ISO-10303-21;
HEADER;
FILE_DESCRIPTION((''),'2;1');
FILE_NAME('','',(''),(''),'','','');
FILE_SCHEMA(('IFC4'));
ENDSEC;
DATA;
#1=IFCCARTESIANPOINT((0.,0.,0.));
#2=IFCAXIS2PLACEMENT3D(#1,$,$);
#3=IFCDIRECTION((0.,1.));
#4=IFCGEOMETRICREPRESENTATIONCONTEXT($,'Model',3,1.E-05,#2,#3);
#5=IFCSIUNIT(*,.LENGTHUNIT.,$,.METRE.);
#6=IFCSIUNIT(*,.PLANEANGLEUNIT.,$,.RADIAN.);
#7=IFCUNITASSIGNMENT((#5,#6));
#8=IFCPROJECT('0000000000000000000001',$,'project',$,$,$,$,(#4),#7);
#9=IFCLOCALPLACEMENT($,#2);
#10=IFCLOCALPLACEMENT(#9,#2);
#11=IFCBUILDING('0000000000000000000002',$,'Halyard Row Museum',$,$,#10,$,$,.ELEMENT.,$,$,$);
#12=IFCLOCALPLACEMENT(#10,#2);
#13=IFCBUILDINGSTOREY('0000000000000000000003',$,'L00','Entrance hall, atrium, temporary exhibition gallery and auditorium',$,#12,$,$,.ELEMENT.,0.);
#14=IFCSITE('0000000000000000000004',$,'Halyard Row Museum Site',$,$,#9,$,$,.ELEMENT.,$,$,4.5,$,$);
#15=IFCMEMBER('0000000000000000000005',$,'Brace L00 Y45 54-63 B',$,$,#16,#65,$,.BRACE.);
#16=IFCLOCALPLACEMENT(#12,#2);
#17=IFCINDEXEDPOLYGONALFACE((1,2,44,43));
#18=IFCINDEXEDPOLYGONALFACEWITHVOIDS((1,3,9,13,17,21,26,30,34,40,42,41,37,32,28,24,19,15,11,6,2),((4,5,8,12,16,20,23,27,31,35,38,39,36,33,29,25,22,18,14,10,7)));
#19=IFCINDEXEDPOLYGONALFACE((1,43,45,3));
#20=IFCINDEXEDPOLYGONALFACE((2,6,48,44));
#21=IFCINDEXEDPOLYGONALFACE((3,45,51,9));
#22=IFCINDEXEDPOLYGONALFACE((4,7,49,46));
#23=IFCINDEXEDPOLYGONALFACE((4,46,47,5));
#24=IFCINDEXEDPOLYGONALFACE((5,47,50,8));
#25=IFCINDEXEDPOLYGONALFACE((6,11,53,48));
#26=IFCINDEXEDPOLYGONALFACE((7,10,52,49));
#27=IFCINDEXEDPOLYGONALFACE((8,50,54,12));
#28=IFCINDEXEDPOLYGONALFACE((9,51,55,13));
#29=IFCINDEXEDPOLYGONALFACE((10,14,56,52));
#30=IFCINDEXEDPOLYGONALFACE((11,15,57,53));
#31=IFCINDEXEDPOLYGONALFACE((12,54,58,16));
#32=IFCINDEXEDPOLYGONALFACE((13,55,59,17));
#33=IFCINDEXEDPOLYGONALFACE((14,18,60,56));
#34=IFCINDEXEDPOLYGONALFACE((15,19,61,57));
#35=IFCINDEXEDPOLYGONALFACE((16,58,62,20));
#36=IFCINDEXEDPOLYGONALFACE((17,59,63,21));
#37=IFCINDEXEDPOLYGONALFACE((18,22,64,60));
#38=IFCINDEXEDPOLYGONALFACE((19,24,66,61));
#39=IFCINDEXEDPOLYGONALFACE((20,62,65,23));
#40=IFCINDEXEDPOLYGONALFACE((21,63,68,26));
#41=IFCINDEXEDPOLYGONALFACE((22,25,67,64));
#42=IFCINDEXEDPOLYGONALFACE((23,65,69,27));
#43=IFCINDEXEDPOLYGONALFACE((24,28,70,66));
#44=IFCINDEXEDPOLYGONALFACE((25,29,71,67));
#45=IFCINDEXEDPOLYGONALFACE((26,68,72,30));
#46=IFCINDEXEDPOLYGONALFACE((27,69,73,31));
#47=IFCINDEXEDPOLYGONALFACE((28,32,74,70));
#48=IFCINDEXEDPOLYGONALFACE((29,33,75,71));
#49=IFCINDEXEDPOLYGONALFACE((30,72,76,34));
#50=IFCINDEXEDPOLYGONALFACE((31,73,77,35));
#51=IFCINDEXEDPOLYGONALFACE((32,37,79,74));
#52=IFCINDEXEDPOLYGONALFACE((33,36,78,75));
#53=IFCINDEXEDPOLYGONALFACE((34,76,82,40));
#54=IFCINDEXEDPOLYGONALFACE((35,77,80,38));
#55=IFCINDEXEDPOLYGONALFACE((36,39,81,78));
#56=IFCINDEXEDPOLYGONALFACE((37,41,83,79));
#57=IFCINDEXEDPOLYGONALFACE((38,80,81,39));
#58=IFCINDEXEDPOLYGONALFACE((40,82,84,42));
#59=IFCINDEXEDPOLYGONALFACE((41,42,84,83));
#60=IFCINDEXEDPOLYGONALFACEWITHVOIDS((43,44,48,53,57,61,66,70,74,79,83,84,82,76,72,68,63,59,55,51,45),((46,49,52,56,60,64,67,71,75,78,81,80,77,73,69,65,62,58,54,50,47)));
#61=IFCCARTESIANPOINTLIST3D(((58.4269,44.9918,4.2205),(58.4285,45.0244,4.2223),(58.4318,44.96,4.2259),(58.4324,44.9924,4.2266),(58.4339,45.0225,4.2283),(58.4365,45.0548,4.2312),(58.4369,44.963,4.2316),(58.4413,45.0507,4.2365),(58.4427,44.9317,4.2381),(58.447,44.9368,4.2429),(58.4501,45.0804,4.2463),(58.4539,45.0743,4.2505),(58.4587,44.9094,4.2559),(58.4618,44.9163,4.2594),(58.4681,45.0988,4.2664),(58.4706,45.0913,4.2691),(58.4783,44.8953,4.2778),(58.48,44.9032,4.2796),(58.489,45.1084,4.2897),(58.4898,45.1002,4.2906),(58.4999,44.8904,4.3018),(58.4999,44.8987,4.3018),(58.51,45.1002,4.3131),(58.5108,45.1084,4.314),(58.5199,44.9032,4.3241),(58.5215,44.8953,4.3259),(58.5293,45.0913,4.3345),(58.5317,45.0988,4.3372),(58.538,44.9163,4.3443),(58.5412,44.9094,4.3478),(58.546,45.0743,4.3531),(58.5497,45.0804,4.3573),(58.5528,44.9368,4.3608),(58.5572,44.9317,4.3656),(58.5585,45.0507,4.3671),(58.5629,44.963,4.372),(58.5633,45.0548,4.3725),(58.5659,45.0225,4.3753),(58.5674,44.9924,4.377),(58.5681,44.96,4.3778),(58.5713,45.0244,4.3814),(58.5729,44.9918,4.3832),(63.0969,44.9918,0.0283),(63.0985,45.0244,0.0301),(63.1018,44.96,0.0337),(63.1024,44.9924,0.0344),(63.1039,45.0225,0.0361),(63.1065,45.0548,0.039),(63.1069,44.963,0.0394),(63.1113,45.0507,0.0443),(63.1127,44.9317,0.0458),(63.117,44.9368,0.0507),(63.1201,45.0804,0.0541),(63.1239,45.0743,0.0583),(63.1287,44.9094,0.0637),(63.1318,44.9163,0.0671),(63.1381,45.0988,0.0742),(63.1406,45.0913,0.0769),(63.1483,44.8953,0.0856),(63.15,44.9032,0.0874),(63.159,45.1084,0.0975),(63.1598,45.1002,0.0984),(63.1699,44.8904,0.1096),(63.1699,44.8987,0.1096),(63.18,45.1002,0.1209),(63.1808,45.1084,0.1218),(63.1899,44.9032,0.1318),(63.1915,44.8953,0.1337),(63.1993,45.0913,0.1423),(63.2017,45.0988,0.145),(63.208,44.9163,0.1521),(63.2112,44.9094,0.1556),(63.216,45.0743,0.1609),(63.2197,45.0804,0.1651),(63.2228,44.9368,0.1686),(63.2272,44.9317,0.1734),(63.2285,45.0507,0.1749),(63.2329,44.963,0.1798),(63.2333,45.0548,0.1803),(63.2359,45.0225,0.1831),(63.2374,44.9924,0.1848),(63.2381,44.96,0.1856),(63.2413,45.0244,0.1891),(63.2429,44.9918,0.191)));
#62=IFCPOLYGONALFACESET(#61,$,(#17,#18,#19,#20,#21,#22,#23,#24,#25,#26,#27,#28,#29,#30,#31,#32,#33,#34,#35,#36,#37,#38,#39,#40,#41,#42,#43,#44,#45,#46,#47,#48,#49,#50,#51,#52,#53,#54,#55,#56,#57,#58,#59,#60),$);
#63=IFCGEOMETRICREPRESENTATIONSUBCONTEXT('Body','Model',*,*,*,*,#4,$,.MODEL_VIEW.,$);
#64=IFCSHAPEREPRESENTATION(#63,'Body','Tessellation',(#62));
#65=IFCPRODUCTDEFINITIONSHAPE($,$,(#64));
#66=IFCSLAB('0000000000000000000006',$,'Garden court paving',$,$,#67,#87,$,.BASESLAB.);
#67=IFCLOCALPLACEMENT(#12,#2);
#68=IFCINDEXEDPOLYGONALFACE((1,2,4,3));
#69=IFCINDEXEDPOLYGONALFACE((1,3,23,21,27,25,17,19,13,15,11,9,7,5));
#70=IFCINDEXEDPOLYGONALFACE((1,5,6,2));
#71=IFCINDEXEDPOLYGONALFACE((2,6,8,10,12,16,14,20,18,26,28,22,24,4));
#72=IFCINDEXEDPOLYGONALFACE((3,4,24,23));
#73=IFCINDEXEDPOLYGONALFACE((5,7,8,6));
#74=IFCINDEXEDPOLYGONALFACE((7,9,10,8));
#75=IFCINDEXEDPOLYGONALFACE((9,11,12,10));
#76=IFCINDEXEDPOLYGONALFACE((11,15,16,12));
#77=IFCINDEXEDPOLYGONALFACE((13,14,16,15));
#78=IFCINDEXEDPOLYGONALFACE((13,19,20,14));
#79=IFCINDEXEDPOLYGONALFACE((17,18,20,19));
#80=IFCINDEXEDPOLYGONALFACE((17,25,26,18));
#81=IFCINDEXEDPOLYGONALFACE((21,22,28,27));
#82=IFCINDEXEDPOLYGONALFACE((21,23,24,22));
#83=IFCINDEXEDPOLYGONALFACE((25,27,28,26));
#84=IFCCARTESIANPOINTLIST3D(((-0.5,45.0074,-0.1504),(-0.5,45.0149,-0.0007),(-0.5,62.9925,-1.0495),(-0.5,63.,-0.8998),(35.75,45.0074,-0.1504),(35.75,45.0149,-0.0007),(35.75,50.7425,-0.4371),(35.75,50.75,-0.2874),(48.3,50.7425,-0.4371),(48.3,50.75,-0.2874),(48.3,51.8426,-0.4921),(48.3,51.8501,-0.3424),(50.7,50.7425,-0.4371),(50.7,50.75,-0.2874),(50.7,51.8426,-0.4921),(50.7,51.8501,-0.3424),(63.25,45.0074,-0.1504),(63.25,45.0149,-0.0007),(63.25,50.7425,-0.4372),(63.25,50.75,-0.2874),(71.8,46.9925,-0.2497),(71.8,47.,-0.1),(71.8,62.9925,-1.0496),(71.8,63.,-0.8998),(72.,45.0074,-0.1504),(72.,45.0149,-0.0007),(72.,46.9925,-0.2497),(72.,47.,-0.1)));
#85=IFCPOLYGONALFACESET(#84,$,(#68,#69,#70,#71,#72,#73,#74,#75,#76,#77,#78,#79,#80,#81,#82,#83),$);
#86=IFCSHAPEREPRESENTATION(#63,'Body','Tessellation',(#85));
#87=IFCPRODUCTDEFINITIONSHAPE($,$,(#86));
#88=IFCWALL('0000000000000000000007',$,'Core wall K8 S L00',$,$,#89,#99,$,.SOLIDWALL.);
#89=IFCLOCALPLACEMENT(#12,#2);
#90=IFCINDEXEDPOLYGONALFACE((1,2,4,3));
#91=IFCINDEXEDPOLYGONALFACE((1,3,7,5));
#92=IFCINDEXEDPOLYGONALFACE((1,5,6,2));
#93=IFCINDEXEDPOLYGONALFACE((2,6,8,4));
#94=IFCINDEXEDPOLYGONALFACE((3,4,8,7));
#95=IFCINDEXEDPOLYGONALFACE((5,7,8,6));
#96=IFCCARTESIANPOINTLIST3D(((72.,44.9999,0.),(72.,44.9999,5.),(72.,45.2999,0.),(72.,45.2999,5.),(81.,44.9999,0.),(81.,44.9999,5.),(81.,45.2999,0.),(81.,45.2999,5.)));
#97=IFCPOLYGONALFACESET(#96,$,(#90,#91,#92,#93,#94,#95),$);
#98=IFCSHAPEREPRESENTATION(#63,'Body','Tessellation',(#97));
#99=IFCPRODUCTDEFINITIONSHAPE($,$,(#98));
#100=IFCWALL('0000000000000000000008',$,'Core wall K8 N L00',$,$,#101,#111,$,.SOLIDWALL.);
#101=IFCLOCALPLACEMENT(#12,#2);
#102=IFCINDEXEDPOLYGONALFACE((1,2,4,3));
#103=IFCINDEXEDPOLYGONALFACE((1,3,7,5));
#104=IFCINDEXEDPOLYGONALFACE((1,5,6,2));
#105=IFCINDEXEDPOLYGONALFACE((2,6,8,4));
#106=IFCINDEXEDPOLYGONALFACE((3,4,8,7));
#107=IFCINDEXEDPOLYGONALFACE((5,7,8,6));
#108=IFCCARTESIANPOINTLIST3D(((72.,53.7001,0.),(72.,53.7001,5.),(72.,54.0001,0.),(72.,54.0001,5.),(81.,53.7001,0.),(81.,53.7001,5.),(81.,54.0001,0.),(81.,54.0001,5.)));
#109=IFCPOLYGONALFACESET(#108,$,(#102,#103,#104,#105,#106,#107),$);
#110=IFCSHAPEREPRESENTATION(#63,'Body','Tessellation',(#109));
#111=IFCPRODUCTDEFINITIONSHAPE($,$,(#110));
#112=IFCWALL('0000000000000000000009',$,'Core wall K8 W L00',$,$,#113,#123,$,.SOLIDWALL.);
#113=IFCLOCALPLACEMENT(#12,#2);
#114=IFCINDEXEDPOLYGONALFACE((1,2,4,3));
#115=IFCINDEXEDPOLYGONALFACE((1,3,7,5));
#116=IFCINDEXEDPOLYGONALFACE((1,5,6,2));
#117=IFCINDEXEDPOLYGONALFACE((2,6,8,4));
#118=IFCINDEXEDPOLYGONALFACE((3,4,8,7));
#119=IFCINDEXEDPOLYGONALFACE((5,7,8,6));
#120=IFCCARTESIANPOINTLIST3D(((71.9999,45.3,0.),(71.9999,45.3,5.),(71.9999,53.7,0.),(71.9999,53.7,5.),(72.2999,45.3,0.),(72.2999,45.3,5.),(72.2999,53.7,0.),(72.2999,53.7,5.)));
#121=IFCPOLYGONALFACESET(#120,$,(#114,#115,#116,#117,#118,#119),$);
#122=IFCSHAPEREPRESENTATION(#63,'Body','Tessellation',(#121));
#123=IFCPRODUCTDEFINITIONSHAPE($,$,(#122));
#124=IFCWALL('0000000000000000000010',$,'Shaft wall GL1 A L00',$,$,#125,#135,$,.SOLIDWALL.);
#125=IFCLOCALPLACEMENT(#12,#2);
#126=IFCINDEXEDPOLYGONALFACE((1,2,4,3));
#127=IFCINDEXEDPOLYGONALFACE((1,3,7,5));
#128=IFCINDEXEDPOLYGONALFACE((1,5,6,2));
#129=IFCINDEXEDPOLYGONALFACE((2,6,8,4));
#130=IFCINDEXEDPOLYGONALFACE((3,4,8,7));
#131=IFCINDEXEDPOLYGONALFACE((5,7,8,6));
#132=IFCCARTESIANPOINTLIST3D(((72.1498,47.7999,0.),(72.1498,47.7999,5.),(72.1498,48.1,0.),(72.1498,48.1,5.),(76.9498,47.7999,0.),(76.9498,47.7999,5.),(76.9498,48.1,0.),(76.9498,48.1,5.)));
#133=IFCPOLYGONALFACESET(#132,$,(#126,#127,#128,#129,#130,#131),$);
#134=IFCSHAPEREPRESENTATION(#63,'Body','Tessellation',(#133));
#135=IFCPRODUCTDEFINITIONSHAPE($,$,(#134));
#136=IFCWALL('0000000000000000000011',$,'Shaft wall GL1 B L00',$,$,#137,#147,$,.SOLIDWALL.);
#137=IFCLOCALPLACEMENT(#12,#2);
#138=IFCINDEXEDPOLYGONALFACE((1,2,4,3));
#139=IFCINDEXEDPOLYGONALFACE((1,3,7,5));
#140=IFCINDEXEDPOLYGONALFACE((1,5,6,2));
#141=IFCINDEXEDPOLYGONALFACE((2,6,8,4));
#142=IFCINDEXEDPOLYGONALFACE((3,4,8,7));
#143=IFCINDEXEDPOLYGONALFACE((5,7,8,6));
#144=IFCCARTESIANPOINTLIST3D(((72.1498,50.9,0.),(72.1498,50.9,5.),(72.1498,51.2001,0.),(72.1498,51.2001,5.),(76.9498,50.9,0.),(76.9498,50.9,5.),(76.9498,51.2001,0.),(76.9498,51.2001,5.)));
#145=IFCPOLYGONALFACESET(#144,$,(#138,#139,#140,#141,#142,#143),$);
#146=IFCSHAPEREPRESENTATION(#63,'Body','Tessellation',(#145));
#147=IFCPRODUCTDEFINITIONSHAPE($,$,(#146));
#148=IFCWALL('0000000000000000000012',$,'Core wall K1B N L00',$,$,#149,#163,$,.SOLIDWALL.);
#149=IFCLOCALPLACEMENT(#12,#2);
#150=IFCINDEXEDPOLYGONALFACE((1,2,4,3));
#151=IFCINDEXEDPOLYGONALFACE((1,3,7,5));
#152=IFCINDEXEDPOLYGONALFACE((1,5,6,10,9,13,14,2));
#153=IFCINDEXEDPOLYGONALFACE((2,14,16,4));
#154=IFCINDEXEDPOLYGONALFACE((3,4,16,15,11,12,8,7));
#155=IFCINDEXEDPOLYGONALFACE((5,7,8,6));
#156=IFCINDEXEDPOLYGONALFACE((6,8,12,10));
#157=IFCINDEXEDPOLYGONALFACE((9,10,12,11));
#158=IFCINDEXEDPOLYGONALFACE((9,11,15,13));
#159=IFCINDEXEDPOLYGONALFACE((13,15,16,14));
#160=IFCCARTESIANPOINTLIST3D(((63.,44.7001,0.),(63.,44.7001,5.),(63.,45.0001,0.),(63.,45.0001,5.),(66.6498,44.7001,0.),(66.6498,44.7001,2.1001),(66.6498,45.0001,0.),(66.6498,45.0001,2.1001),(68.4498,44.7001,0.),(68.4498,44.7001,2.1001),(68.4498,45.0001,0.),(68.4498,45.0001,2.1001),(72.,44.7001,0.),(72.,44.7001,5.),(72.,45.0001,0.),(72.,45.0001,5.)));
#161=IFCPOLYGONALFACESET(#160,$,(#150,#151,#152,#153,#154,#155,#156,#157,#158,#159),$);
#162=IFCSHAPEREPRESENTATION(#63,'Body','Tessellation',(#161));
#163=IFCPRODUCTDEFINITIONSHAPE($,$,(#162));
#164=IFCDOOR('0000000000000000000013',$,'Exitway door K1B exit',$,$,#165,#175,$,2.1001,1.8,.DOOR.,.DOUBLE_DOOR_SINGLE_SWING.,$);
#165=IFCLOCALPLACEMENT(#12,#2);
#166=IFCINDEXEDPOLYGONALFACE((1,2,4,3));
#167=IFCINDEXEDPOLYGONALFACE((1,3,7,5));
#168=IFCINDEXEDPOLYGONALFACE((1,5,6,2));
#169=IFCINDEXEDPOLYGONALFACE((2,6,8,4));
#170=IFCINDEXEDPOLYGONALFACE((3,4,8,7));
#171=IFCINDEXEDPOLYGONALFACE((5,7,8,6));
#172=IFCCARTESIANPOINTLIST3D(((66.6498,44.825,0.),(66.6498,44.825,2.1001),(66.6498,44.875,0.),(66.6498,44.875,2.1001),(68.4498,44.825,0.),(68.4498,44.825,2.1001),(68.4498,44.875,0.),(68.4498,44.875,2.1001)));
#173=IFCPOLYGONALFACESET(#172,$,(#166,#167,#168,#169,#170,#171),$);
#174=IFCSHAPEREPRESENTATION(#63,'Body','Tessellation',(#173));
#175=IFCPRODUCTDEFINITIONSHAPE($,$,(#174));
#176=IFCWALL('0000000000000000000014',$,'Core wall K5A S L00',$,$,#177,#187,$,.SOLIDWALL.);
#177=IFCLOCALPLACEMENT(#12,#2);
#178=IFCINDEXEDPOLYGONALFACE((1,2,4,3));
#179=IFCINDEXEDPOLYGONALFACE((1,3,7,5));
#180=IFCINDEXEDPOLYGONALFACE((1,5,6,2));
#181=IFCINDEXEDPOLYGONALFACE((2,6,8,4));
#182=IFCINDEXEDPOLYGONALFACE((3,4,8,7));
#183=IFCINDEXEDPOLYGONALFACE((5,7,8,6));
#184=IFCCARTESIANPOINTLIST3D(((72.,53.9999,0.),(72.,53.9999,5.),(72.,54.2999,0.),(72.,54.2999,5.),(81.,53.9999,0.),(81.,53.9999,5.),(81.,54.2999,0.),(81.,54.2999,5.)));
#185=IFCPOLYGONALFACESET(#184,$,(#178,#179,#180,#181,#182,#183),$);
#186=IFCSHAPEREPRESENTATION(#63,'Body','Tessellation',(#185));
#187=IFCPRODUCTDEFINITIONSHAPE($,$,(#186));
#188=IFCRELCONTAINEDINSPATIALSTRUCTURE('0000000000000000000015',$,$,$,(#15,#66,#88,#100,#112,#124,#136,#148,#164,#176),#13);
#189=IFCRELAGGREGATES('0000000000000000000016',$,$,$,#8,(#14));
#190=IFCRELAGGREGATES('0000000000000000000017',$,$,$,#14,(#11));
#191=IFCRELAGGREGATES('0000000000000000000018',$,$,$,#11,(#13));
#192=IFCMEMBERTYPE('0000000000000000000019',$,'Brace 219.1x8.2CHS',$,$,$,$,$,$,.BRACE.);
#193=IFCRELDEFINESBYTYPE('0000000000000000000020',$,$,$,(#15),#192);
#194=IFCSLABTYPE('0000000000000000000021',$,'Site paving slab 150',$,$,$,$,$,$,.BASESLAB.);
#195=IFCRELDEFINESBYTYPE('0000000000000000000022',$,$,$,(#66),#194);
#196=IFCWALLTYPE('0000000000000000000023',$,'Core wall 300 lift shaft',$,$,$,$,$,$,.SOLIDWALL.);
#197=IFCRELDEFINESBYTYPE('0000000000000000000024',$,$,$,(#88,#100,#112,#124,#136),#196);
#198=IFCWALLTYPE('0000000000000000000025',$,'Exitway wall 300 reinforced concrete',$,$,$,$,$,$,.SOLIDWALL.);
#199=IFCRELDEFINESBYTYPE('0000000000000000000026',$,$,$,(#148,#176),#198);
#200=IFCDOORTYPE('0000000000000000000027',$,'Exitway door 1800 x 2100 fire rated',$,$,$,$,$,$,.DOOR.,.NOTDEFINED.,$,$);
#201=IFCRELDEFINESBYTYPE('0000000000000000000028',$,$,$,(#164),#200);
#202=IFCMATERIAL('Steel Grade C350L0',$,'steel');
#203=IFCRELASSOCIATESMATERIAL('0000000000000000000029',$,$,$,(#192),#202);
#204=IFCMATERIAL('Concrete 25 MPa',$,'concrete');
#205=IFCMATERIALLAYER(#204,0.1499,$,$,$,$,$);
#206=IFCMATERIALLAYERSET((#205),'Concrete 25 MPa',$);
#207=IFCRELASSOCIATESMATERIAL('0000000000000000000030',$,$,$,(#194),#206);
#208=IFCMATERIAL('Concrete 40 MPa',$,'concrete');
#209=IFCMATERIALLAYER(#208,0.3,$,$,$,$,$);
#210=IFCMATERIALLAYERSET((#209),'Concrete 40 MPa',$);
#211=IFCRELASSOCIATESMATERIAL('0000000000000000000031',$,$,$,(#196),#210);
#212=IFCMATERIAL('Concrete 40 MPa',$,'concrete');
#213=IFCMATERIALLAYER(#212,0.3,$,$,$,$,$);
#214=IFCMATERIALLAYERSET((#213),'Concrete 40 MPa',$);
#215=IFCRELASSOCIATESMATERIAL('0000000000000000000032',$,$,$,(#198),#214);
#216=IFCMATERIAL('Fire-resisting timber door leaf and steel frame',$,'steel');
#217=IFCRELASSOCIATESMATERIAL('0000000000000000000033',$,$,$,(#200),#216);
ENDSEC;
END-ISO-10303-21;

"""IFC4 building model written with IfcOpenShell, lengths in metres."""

from ifc_helpers import new_model, si_unit, direction, frame, frame_2d, origin, origin_2d, place, context, subcontext, project, spatial, polyline, rectangle, hollow_circle, outline, extrude, material, layer, layer_set, material_profile, profile_set, type_object, element, fill, save


model = new_model("IFC4")

# Units and contexts
model_context = context("Model", 3, precision=1e-05, world=origin(), true_north=direction((0.0, 1.0)))
body_context = subcontext(model_context, "Body", "Model", "MODEL_VIEW")
ifc_project = project(units=[si_unit("LENGTHUNIT", "METRE"), si_unit("PLANEANGLEUNIT", "RADIAN")], contexts=[model_context])

# Site, building, storey
site_placement = place(None, origin())
site = spatial("IfcSite", under=ifc_project, at=site_placement, Name="Halyard Row Museum Site", CompositionType="ELEMENT", RefElevation=4.5)
building_placement = place(site_placement, origin())
building = spatial("IfcBuilding", under=site, at=building_placement, Name="Halyard Row Museum", CompositionType="ELEMENT")
storey_placement = place(building_placement, origin())
storey = spatial("IfcBuildingStorey", under=building, at=storey_placement, Name="L00", Description="Entrance hall, atrium, temporary exhibition gallery and auditorium", CompositionType="ELEMENT", Elevation=0.0)

# Member
ifc_material_1 = material(Name="Steel Grade C350L0", Category="steel")
ifc_material_profile = material_profile(ifc_material_1, hollow_circle(Radius=0.1096, WallThickness=0.0083, at=origin_2d()), Name="219.1x8.2CHS")
ifc_profile_set = profile_set([ifc_material_profile], Name="Steel Grade C350L0")
member_type = type_object("IfcMemberType", Name="Brace 219.1x8.2CHS", PredefinedType="BRACE", material=ifc_profile_set)
member_placement = place(storey_placement, frame((63.1699, 45.0, 0.1096), z_axis=(-0.744149, 0.0, 0.668014), x_axis=(0.0, -1.0, 0.0)))
element("IfcMember", 1, at=member_placement, inside=storey, type_object=member_type, Name="Brace L00 Y45 54-63 B", PredefinedType="BRACE", context=body_context, shape_type="SweptSolid", body=[
    extrude(hollow_circle(Radius=0.1096, WallThickness=0.0083, at=origin_2d()), origin(), (0.0, 0.0, 1.0), 6.2756),
])

# Slab
ifc_material_2 = material(Name="Concrete 25 MPa", Category="concrete")
ifc_layer_1 = layer(ifc_material_2, 0.1499)
ifc_layer_set_1 = layer_set([ifc_layer_1], Name="Concrete 25 MPa")
slab_type = type_object("IfcSlabType", Name="Site paving slab 150", PredefinedType="BASESLAB", material=ifc_layer_set_1)
slab_placement = place(storey_placement, frame((72.0, 45.0149, -0.0007), z_axis=(0.000001, 0.04993, 0.998753), x_axis=(-1.0, 0.0, 0.000001)))
element("IfcSlab", 2, at=slab_placement, inside=storey, type_object=slab_type, Name="Garden court paving", PredefinedType="BASESLAB", context=body_context, shape_type="SweptSolid", body=[
    extrude(outline(polyline([(0.0, 0.0), (8.75, 0.0), (8.75, -5.7423), (21.3, -5.7423), (21.3, -6.8437), (23.7, -6.8437), (23.7, -5.7423), (36.25, -5.7423), (36.25, 0.0), (72.5, 0.0), (72.5, -18.0076), (0.2, -18.0076), (0.2, -1.9876), (0.0, -1.9876), (0.0, 0.0)])), origin(), (0.0, 0.0, -1.0), 0.1499),
])

# Walls
ifc_material_3 = material(Name="Concrete 40 MPa", Category="concrete")
ifc_layer_2 = layer(ifc_material_3, 0.3)
ifc_layer_set_2 = layer_set([ifc_layer_2], Name="Concrete 40 MPa")
wall_type_1 = type_object("IfcWallType", Name="Core wall 300 lift shaft", PredefinedType="SOLIDWALL", material=ifc_layer_set_2)
for number, where, z_axis, x_axis, name in (
    (3, (72.0, 45.1499, 0.0), (0.0, 0.0, 1.0), (1.0, 0.0, 0.0), "Core wall K8 S L00"),
    (4, (72.0, 53.8501, 0.0), (0.0, 0.0, 1.0), (1.0, 0.0, 0.0), "Core wall K8 N L00"),
):
    element("IfcWall", number, at=place(storey_placement, frame(where, z_axis=z_axis, x_axis=x_axis)), inside=storey, type_object=wall_type_1, Name=name, PredefinedType="SOLIDWALL", context=body_context, shape_type="SweptSolid", body=[
        extrude(rectangle(XDim=9.0, YDim=0.3, at=frame_2d((4.5, 0.0))), origin(), (0.0, 0.0, 1.0), 5.0),
    ])
wall_1_placement = place(storey_placement, frame((72.1499, 45.3, 0.0), z_axis=(0.0, 0.0, 1.0), x_axis=(0.0, 1.0, 0.0)))
element("IfcWall", 5, at=wall_1_placement, inside=storey, type_object=wall_type_1, Name="Core wall K8 W L00", PredefinedType="SOLIDWALL", context=body_context, shape_type="SweptSolid", body=[
    extrude(rectangle(XDim=8.3999, YDim=0.3, at=frame_2d((4.2, 0.0))), origin(), (0.0, 0.0, 1.0), 5.0),
])
for number, where, z_axis, x_axis, name in (
    (6, (72.1499, 47.95, 0.0), (0.0, 0.0, 1.0), (1.0, 0.0, 0.0), "Shaft wall GL1 A L00"),
    (7, (72.1499, 51.05, 0.0), (0.0, 0.0, 1.0), (1.0, 0.0, 0.0), "Shaft wall GL1 B L00"),
):
    element("IfcWall", number, at=place(storey_placement, frame(where, z_axis=z_axis, x_axis=x_axis)), inside=storey, type_object=wall_type_1, Name=name, PredefinedType="SOLIDWALL", context=body_context, shape_type="SweptSolid", body=[
        extrude(rectangle(XDim=4.8, YDim=0.3, at=frame_2d((2.3999, 0.0))), origin(), (0.0, 0.0, 1.0), 5.0),
    ])

# Wall, opening, door
ifc_material_4 = material(Name="Concrete 40 MPa", Category="concrete")
ifc_layer_3 = layer(ifc_material_4, 0.3)
ifc_layer_set_3 = layer_set([ifc_layer_3], Name="Concrete 40 MPa")
wall_type_2 = type_object("IfcWallType", Name="Exitway wall 300 reinforced concrete", PredefinedType="SOLIDWALL", material=ifc_layer_set_3)
wall_2_placement = place(storey_placement, frame((63.0, 44.8501, 0.0), z_axis=(0.0, 0.0, 1.0), x_axis=(1.0, 0.0, 0.0)))
wall_2 = element("IfcWall", 8, at=wall_2_placement, inside=storey, type_object=wall_type_2, Name="Core wall K1B N L00", PredefinedType="SOLIDWALL", context=body_context, shape_type="SweptSolid", body=[
    extrude(rectangle(XDim=9.0, YDim=0.3, at=frame_2d((4.5, 0.0))), origin(), (0.0, 0.0, 1.0), 5.0),
])
opening_1_placement = place(wall_2_placement, frame((3.6499, 0.0, 0.0)))
opening_1 = element("IfcOpeningElement", 9, at=opening_1_placement, cuts=wall_2, PredefinedType="OPENING", context=body_context, shape_type="SweptSolid", body=[
    extrude(rectangle(XDim=1.8, YDim=2.1001, at=frame_2d((0.8999, 1.05))), frame((0.0, 0.1599, 0.0), z_axis=(0.0, -1.0, 0.0), x_axis=(1.0, 0.0, 0.0)), (0.0, 0.0, 1.0), 0.3201),
])
ifc_material_5 = material(Name="Fire-resisting timber door leaf and steel frame", Category="steel")
door_type = type_object("IfcDoorType", Name="Exitway door 1800 x 2100 fire rated", OperationType="NOTDEFINED", PredefinedType="DOOR", material=ifc_material_5)
door_1_placement = place(opening_1_placement, origin())
door_1 = element("IfcDoor", 10, at=door_1_placement, inside=storey, type_object=door_type, Name="Exitway door K1B exit", OperationType="DOUBLE_DOOR_SINGLE_SWING", OverallHeight=2.1001, OverallWidth=1.8, PredefinedType="DOOR", context=body_context, shape_type="SweptSolid", body=[
    extrude(rectangle(XDim=1.8, YDim=2.1001, at=frame_2d((0.8999, 1.05))), frame((0.0, 0.0249, 0.0), z_axis=(0.0, -1.0, 0.0), x_axis=(1.0, 0.0, 0.0)), (0.0, 0.0, 1.0), 0.05),
])
fill(opening_1, door_1)

# Wall
wall_3_placement = place(storey_placement, frame((72.0, 54.1499, 0.0), z_axis=(0.0, 0.0, 1.0), x_axis=(1.0, 0.0, 0.0)))
element("IfcWall", 11, at=wall_3_placement, inside=storey, type_object=wall_type_2, Name="Core wall K5A S L00", PredefinedType="SOLIDWALL", context=body_context, shape_type="SweptSolid", body=[
    extrude(rectangle(XDim=9.0, YDim=0.3, at=frame_2d((4.5, 0.0))), origin(), (0.0, 0.0, 1.0), 5.0),
])

save(model, "model.ifc")
